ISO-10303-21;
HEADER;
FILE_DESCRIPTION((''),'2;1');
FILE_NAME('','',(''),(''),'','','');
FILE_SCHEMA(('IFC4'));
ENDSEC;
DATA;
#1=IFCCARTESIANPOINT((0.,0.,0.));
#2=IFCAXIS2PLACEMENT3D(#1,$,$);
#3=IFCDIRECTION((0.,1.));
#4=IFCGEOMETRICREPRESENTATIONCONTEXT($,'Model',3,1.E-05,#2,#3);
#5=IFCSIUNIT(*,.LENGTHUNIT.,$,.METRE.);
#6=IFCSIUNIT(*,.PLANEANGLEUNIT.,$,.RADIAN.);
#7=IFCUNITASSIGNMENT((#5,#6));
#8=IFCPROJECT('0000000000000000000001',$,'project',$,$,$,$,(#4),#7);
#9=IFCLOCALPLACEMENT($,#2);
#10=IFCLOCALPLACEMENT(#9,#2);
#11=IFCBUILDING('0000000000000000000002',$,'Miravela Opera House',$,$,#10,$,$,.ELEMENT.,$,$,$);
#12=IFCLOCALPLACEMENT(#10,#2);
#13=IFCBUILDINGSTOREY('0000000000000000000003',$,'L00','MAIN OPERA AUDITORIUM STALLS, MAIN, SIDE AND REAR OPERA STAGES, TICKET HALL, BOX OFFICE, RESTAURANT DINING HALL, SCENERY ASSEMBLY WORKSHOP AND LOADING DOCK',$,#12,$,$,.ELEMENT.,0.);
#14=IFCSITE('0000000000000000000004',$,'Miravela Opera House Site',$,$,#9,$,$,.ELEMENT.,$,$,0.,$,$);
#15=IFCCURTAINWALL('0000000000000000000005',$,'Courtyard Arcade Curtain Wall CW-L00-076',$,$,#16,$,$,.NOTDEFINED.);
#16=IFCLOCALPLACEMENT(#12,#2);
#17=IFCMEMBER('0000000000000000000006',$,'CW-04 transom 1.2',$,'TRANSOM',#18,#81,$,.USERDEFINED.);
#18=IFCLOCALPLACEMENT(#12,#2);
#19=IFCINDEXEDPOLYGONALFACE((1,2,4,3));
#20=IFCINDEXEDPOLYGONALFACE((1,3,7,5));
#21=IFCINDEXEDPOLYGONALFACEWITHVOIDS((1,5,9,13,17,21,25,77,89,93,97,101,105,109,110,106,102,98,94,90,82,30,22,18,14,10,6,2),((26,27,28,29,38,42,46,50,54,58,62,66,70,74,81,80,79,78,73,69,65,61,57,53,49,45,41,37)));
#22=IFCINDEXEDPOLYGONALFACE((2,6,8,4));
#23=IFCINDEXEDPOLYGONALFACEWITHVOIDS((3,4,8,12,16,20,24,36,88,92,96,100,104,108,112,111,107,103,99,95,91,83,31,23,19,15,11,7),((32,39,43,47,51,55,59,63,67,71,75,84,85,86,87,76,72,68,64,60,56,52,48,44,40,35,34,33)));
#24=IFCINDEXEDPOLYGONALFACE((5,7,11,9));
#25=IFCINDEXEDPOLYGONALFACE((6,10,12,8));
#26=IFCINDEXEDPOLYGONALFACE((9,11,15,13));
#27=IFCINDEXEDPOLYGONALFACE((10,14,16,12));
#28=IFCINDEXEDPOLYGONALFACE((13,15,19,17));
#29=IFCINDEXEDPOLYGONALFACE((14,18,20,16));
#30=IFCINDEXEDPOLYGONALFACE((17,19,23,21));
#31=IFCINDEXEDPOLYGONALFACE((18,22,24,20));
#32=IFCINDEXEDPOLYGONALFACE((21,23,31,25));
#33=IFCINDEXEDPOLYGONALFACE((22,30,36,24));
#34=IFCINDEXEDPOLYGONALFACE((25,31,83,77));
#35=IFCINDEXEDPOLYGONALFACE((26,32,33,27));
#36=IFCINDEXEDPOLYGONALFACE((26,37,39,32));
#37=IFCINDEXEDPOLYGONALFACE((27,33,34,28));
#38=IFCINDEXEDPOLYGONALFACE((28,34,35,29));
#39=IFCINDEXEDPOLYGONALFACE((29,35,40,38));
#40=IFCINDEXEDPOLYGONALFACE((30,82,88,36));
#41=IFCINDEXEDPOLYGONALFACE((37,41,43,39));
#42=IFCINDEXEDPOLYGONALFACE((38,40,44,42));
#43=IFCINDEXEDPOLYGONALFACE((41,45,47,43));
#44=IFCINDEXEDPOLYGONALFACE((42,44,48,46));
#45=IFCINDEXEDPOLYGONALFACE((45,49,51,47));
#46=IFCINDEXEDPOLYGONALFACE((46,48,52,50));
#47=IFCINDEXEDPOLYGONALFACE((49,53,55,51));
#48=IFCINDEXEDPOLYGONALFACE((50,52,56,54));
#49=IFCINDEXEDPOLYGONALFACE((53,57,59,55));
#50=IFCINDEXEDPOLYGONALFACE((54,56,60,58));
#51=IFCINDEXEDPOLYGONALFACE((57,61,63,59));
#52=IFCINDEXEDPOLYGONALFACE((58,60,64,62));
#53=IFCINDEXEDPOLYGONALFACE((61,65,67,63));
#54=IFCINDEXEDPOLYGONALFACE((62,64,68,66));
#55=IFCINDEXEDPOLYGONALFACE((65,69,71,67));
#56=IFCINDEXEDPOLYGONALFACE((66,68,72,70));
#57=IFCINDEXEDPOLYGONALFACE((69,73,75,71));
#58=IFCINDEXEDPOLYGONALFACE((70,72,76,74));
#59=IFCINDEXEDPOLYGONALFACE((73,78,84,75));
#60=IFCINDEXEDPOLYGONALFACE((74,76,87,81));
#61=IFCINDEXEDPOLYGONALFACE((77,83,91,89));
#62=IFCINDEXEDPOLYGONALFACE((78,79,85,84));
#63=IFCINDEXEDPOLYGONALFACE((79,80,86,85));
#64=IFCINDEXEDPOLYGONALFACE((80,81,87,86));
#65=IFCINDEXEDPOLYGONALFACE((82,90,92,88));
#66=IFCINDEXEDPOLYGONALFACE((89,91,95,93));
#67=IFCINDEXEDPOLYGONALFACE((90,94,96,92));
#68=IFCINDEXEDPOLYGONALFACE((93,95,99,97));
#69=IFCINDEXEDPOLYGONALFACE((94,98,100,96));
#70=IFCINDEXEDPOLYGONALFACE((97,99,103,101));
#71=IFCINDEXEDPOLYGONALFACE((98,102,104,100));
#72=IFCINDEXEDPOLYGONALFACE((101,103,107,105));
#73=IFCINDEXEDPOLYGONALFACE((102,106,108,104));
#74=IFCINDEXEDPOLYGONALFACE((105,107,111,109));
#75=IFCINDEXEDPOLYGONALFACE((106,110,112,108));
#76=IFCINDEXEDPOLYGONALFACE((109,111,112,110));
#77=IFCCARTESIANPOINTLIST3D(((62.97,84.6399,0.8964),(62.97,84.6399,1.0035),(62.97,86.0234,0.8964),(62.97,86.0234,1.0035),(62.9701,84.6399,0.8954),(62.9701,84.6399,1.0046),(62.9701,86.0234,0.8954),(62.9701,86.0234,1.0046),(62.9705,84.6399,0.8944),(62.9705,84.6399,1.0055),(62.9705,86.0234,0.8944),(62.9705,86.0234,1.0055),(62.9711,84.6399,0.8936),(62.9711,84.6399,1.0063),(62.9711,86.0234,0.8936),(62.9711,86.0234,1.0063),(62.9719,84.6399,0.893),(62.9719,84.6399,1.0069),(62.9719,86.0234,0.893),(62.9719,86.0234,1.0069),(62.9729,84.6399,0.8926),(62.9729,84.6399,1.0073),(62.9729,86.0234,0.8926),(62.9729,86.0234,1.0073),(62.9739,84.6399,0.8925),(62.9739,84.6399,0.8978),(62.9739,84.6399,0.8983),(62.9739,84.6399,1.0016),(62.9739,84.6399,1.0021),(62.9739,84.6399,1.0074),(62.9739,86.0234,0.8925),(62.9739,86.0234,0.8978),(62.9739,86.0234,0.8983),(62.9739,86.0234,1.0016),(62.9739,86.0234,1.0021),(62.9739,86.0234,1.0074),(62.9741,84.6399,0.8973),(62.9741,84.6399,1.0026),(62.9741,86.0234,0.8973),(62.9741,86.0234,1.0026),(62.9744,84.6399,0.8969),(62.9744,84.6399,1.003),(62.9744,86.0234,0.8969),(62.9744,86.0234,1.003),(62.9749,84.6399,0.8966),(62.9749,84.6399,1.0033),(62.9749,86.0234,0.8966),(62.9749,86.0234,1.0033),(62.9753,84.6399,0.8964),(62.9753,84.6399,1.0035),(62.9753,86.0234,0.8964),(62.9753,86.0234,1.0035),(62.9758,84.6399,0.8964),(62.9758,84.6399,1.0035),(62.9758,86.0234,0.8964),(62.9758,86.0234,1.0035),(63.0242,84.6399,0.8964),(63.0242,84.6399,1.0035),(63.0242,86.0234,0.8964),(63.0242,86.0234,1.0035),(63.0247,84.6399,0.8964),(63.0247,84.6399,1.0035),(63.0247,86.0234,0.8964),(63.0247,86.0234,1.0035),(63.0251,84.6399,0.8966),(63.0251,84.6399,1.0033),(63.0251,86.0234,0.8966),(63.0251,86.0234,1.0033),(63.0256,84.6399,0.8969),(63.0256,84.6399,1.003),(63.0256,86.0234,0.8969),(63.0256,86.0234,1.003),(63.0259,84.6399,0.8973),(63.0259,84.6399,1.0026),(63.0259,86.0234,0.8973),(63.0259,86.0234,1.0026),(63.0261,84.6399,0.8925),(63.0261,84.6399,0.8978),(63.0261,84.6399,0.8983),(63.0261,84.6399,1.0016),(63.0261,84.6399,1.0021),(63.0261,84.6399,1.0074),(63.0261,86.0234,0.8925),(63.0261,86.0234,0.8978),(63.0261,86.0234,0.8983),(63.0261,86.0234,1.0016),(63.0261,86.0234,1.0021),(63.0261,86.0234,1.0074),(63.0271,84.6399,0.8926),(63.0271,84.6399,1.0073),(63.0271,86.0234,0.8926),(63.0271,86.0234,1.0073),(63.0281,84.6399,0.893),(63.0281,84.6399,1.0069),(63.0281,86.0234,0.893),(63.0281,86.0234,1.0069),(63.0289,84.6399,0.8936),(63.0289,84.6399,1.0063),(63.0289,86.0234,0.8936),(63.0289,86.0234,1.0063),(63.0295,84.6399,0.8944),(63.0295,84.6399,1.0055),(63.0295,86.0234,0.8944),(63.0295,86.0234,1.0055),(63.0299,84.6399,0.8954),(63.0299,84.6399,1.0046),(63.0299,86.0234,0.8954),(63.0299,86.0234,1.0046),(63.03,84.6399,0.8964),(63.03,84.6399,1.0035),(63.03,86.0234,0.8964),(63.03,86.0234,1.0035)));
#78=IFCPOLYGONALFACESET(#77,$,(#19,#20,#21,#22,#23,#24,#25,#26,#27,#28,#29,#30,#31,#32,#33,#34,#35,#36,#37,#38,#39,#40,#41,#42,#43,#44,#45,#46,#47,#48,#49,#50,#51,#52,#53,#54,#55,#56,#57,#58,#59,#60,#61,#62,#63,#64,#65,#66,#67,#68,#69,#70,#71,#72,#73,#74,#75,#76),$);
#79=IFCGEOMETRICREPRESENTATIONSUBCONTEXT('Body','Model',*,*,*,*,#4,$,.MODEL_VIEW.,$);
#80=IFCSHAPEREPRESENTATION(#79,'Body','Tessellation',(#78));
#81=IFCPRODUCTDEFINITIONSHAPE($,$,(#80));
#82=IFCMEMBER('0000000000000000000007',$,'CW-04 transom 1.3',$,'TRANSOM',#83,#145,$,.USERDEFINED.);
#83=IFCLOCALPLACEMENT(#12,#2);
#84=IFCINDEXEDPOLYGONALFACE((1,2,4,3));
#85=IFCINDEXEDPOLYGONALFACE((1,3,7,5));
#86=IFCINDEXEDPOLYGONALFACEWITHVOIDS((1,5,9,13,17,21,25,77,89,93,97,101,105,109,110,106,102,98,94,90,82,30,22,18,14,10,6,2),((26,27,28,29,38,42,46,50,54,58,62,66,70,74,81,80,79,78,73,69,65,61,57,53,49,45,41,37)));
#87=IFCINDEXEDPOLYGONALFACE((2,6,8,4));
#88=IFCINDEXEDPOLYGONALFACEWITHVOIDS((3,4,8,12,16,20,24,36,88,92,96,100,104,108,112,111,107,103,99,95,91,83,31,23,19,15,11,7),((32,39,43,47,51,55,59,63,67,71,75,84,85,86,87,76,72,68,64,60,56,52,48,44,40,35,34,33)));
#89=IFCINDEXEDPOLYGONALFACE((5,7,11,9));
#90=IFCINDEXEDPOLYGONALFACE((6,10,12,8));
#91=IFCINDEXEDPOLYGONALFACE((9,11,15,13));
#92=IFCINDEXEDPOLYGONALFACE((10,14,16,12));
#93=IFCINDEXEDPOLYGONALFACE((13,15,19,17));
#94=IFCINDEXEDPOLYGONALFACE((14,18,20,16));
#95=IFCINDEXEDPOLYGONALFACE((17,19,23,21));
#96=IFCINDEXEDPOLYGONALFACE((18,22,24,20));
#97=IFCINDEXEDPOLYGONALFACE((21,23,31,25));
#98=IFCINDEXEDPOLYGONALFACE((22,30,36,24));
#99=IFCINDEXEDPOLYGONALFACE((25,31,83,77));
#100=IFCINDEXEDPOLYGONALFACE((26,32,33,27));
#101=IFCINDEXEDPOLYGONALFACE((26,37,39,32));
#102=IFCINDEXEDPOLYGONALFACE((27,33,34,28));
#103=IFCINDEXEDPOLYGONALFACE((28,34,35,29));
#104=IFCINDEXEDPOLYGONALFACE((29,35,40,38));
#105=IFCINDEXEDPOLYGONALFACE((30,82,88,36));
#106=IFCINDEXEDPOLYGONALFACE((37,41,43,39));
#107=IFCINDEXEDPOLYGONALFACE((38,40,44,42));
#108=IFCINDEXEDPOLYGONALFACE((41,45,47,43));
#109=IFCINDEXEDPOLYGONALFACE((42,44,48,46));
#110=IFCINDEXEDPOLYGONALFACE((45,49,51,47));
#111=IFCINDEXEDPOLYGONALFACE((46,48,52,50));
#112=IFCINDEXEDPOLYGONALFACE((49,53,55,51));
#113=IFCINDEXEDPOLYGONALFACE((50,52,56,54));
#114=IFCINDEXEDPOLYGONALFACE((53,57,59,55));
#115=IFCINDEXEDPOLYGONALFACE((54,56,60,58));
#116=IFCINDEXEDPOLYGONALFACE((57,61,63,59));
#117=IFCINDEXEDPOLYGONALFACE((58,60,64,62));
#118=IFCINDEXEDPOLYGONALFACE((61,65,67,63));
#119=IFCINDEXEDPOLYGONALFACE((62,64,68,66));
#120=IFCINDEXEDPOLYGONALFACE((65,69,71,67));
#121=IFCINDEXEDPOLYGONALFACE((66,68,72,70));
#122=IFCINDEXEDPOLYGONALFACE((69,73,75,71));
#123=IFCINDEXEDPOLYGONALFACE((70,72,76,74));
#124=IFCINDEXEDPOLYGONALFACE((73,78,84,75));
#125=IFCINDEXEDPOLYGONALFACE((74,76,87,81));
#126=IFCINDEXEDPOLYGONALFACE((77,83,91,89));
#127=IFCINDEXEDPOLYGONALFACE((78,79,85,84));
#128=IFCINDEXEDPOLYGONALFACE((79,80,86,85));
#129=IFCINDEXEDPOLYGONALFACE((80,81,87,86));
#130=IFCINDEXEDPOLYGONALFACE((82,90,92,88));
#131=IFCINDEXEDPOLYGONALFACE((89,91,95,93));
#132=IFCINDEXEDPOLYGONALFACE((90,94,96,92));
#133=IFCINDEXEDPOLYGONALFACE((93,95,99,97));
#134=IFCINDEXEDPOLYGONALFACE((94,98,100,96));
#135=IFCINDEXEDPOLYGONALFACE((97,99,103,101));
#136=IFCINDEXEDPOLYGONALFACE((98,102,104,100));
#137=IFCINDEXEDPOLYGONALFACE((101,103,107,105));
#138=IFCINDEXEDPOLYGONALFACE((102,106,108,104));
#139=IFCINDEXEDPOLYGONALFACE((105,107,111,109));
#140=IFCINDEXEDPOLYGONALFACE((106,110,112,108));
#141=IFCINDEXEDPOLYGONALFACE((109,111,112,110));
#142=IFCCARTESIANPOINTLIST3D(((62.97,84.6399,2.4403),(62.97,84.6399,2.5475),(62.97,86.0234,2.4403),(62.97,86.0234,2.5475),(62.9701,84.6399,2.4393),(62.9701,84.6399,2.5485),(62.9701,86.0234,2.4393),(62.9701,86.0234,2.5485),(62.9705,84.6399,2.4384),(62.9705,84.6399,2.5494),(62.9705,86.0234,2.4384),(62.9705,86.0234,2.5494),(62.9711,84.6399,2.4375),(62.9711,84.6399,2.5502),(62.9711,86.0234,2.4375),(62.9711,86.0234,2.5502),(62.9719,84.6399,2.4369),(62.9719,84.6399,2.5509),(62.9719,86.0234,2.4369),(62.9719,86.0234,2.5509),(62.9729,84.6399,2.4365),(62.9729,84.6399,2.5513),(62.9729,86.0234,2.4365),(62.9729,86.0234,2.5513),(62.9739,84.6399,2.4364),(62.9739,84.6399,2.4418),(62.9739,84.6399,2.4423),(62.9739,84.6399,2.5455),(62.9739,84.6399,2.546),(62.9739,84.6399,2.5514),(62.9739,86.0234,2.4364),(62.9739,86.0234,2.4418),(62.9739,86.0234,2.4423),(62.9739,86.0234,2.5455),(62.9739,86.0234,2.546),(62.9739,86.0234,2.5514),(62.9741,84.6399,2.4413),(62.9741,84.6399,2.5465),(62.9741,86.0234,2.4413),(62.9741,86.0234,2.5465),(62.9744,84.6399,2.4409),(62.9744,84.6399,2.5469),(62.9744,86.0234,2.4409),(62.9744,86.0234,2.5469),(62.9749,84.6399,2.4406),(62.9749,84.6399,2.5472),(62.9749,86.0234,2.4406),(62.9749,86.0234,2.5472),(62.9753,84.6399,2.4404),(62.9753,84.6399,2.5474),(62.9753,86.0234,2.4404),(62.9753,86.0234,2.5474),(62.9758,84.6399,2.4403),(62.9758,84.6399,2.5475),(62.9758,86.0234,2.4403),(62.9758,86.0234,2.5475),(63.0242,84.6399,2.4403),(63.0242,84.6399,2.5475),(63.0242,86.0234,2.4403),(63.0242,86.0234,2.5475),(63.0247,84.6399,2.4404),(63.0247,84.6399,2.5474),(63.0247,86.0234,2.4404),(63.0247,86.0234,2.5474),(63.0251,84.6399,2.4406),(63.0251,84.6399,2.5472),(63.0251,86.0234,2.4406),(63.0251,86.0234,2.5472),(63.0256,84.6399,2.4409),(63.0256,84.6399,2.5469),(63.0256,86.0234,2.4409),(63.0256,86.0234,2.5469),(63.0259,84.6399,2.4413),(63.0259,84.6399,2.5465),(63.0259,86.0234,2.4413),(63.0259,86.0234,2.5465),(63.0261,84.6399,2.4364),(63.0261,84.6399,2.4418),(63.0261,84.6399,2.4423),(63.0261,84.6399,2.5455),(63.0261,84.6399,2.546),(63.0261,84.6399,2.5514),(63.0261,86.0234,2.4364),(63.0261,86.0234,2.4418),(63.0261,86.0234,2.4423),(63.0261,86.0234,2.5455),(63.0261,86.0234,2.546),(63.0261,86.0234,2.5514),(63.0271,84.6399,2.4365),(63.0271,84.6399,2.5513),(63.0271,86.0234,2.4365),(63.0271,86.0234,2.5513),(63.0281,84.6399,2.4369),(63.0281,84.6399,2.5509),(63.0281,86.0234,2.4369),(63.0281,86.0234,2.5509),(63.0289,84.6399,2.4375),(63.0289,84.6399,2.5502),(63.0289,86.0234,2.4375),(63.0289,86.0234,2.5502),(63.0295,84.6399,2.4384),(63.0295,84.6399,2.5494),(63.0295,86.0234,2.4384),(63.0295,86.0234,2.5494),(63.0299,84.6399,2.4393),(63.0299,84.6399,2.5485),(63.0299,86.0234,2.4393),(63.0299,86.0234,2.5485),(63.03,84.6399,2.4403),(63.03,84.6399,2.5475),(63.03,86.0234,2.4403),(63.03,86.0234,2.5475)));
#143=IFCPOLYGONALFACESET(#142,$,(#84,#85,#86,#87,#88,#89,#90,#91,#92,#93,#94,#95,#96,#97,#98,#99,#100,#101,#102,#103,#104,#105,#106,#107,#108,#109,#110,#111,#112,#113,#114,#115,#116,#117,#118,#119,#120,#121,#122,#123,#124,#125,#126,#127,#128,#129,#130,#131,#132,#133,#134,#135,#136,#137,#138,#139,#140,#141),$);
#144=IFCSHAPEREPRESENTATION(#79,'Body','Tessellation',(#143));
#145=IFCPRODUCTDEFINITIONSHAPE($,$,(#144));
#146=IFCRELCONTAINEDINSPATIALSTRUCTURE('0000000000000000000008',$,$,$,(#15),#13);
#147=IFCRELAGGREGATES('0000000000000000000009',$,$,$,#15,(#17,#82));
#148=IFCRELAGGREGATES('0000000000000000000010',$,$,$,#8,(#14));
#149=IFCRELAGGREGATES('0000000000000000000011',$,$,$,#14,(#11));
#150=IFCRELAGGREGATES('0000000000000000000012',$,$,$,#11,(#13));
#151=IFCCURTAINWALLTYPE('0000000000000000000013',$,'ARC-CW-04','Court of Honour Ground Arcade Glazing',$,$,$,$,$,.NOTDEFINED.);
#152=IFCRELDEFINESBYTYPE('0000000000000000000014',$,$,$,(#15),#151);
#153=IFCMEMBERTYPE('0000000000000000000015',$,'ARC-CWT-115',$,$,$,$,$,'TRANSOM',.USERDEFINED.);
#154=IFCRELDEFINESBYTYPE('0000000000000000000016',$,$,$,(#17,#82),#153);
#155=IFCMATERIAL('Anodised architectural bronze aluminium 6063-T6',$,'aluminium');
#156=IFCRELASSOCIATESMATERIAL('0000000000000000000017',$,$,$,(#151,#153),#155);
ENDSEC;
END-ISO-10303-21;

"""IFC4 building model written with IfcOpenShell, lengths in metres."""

from ifc_helpers import new_model, si_unit, direction, frame, origin, origin_2d, place, context, subcontext, project, spatial, hollow_rectangle, extrude, material, material_profile, profile_set, type_object, element, aggregate, save


model = new_model("IFC4")

# Units and contexts
model_context = context("Model", 3, precision=1e-05, world=origin(), true_north=direction((0.0, 1.0)))
body_context = subcontext(model_context, "Body", "Model", "MODEL_VIEW")
ifc_project = project(units=[si_unit("LENGTHUNIT", "METRE"), si_unit("PLANEANGLEUNIT", "RADIAN")], contexts=[model_context])

# Site, building, storey
site_placement = place(None, origin())
site = spatial("IfcSite", under=ifc_project, at=site_placement, Name="Miravela Opera House Site", CompositionType="ELEMENT", RefElevation=0.0)
building_placement = place(site_placement, origin())
building = spatial("IfcBuilding", under=site, at=building_placement, Name="Miravela Opera House", CompositionType="ELEMENT")
storey_placement = place(building_placement, origin())
storey = spatial("IfcBuildingStorey", under=building, at=storey_placement, Name="L00", Description="MAIN OPERA AUDITORIUM STALLS, MAIN, SIDE AND REAR OPERA STAGES, TICKET HALL, BOX OFFICE, RESTAURANT DINING HALL, SCENERY ASSEMBLY WORKSHOP AND LOADING DOCK", CompositionType="ELEMENT", Elevation=0.0)

# Curtain wall, members
ifc_material_1 = material(Name="Anodised architectural bronze aluminium 6063-T6", Category="aluminium")
curtain_wall_type = type_object("IfcCurtainWallType", Name="ARC-CW-04", Description="Court of Honour Ground Arcade Glazing", PredefinedType="NOTDEFINED", material=ifc_material_1)
curtain_wall_placement = place(storey_placement, origin())
curtain_wall = element("IfcCurtainWall", 1, at=curtain_wall_placement, inside=storey, type_object=curtain_wall_type, Name="Courtyard Arcade Curtain Wall CW-L00-076", PredefinedType="NOTDEFINED")
ifc_material_profile_1 = material_profile(ifc_material_1, hollow_rectangle(XDim=0.0601, YDim=0.115, WallThickness=0.0039, InnerFilletRadius=0.002, OuterFilletRadius=0.0039, at=origin_2d()), Name="CWT-60X115")
ifc_profile_set_1 = profile_set([ifc_material_profile_1])
member_type_1 = type_object("IfcMemberType", Name="ARC-CWT-115", ElementType="TRANSOM", PredefinedType="USERDEFINED", material=ifc_profile_set_1)
member_1_placement = place(storey_placement, frame((63.0, 84.6399, 0.95), z_axis=(0.0, 1.0, 0.0), x_axis=(-1.0, 0.0, 0.0)))
member_1 = element("IfcMember", 2, at=member_1_placement, type_object=member_type_1, Name="CW-04 transom 1.2", ObjectType="TRANSOM", PredefinedType="USERDEFINED", context=body_context, shape_type="SweptSolid", body=[
    extrude(hollow_rectangle(XDim=0.0601, YDim=0.115, WallThickness=0.0039, InnerFilletRadius=0.002, OuterFilletRadius=0.0039, at=origin_2d()), origin(), (0.0, 0.0, 1.0), 1.3835),
])
member_2_placement = place(storey_placement, frame((63.0, 84.6399, 2.4939), z_axis=(0.0, 1.0, 0.0), x_axis=(-1.0, 0.0, 0.0)))
member_2 = element("IfcMember", 3, at=member_2_placement, type_object=member_type_1, Name="CW-04 transom 1.3", ObjectType="TRANSOM", PredefinedType="USERDEFINED", context=body_context, shape_type="SweptSolid", body=[
    extrude(hollow_rectangle(XDim=0.0601, YDim=0.115, WallThickness=0.0039, InnerFilletRadius=0.002, OuterFilletRadius=0.0039, at=origin_2d()), origin(), (0.0, 0.0, 1.0), 1.3835),
])

aggregate(curtain_wall, [member_1, member_2])

save(model, "model.ifc")
